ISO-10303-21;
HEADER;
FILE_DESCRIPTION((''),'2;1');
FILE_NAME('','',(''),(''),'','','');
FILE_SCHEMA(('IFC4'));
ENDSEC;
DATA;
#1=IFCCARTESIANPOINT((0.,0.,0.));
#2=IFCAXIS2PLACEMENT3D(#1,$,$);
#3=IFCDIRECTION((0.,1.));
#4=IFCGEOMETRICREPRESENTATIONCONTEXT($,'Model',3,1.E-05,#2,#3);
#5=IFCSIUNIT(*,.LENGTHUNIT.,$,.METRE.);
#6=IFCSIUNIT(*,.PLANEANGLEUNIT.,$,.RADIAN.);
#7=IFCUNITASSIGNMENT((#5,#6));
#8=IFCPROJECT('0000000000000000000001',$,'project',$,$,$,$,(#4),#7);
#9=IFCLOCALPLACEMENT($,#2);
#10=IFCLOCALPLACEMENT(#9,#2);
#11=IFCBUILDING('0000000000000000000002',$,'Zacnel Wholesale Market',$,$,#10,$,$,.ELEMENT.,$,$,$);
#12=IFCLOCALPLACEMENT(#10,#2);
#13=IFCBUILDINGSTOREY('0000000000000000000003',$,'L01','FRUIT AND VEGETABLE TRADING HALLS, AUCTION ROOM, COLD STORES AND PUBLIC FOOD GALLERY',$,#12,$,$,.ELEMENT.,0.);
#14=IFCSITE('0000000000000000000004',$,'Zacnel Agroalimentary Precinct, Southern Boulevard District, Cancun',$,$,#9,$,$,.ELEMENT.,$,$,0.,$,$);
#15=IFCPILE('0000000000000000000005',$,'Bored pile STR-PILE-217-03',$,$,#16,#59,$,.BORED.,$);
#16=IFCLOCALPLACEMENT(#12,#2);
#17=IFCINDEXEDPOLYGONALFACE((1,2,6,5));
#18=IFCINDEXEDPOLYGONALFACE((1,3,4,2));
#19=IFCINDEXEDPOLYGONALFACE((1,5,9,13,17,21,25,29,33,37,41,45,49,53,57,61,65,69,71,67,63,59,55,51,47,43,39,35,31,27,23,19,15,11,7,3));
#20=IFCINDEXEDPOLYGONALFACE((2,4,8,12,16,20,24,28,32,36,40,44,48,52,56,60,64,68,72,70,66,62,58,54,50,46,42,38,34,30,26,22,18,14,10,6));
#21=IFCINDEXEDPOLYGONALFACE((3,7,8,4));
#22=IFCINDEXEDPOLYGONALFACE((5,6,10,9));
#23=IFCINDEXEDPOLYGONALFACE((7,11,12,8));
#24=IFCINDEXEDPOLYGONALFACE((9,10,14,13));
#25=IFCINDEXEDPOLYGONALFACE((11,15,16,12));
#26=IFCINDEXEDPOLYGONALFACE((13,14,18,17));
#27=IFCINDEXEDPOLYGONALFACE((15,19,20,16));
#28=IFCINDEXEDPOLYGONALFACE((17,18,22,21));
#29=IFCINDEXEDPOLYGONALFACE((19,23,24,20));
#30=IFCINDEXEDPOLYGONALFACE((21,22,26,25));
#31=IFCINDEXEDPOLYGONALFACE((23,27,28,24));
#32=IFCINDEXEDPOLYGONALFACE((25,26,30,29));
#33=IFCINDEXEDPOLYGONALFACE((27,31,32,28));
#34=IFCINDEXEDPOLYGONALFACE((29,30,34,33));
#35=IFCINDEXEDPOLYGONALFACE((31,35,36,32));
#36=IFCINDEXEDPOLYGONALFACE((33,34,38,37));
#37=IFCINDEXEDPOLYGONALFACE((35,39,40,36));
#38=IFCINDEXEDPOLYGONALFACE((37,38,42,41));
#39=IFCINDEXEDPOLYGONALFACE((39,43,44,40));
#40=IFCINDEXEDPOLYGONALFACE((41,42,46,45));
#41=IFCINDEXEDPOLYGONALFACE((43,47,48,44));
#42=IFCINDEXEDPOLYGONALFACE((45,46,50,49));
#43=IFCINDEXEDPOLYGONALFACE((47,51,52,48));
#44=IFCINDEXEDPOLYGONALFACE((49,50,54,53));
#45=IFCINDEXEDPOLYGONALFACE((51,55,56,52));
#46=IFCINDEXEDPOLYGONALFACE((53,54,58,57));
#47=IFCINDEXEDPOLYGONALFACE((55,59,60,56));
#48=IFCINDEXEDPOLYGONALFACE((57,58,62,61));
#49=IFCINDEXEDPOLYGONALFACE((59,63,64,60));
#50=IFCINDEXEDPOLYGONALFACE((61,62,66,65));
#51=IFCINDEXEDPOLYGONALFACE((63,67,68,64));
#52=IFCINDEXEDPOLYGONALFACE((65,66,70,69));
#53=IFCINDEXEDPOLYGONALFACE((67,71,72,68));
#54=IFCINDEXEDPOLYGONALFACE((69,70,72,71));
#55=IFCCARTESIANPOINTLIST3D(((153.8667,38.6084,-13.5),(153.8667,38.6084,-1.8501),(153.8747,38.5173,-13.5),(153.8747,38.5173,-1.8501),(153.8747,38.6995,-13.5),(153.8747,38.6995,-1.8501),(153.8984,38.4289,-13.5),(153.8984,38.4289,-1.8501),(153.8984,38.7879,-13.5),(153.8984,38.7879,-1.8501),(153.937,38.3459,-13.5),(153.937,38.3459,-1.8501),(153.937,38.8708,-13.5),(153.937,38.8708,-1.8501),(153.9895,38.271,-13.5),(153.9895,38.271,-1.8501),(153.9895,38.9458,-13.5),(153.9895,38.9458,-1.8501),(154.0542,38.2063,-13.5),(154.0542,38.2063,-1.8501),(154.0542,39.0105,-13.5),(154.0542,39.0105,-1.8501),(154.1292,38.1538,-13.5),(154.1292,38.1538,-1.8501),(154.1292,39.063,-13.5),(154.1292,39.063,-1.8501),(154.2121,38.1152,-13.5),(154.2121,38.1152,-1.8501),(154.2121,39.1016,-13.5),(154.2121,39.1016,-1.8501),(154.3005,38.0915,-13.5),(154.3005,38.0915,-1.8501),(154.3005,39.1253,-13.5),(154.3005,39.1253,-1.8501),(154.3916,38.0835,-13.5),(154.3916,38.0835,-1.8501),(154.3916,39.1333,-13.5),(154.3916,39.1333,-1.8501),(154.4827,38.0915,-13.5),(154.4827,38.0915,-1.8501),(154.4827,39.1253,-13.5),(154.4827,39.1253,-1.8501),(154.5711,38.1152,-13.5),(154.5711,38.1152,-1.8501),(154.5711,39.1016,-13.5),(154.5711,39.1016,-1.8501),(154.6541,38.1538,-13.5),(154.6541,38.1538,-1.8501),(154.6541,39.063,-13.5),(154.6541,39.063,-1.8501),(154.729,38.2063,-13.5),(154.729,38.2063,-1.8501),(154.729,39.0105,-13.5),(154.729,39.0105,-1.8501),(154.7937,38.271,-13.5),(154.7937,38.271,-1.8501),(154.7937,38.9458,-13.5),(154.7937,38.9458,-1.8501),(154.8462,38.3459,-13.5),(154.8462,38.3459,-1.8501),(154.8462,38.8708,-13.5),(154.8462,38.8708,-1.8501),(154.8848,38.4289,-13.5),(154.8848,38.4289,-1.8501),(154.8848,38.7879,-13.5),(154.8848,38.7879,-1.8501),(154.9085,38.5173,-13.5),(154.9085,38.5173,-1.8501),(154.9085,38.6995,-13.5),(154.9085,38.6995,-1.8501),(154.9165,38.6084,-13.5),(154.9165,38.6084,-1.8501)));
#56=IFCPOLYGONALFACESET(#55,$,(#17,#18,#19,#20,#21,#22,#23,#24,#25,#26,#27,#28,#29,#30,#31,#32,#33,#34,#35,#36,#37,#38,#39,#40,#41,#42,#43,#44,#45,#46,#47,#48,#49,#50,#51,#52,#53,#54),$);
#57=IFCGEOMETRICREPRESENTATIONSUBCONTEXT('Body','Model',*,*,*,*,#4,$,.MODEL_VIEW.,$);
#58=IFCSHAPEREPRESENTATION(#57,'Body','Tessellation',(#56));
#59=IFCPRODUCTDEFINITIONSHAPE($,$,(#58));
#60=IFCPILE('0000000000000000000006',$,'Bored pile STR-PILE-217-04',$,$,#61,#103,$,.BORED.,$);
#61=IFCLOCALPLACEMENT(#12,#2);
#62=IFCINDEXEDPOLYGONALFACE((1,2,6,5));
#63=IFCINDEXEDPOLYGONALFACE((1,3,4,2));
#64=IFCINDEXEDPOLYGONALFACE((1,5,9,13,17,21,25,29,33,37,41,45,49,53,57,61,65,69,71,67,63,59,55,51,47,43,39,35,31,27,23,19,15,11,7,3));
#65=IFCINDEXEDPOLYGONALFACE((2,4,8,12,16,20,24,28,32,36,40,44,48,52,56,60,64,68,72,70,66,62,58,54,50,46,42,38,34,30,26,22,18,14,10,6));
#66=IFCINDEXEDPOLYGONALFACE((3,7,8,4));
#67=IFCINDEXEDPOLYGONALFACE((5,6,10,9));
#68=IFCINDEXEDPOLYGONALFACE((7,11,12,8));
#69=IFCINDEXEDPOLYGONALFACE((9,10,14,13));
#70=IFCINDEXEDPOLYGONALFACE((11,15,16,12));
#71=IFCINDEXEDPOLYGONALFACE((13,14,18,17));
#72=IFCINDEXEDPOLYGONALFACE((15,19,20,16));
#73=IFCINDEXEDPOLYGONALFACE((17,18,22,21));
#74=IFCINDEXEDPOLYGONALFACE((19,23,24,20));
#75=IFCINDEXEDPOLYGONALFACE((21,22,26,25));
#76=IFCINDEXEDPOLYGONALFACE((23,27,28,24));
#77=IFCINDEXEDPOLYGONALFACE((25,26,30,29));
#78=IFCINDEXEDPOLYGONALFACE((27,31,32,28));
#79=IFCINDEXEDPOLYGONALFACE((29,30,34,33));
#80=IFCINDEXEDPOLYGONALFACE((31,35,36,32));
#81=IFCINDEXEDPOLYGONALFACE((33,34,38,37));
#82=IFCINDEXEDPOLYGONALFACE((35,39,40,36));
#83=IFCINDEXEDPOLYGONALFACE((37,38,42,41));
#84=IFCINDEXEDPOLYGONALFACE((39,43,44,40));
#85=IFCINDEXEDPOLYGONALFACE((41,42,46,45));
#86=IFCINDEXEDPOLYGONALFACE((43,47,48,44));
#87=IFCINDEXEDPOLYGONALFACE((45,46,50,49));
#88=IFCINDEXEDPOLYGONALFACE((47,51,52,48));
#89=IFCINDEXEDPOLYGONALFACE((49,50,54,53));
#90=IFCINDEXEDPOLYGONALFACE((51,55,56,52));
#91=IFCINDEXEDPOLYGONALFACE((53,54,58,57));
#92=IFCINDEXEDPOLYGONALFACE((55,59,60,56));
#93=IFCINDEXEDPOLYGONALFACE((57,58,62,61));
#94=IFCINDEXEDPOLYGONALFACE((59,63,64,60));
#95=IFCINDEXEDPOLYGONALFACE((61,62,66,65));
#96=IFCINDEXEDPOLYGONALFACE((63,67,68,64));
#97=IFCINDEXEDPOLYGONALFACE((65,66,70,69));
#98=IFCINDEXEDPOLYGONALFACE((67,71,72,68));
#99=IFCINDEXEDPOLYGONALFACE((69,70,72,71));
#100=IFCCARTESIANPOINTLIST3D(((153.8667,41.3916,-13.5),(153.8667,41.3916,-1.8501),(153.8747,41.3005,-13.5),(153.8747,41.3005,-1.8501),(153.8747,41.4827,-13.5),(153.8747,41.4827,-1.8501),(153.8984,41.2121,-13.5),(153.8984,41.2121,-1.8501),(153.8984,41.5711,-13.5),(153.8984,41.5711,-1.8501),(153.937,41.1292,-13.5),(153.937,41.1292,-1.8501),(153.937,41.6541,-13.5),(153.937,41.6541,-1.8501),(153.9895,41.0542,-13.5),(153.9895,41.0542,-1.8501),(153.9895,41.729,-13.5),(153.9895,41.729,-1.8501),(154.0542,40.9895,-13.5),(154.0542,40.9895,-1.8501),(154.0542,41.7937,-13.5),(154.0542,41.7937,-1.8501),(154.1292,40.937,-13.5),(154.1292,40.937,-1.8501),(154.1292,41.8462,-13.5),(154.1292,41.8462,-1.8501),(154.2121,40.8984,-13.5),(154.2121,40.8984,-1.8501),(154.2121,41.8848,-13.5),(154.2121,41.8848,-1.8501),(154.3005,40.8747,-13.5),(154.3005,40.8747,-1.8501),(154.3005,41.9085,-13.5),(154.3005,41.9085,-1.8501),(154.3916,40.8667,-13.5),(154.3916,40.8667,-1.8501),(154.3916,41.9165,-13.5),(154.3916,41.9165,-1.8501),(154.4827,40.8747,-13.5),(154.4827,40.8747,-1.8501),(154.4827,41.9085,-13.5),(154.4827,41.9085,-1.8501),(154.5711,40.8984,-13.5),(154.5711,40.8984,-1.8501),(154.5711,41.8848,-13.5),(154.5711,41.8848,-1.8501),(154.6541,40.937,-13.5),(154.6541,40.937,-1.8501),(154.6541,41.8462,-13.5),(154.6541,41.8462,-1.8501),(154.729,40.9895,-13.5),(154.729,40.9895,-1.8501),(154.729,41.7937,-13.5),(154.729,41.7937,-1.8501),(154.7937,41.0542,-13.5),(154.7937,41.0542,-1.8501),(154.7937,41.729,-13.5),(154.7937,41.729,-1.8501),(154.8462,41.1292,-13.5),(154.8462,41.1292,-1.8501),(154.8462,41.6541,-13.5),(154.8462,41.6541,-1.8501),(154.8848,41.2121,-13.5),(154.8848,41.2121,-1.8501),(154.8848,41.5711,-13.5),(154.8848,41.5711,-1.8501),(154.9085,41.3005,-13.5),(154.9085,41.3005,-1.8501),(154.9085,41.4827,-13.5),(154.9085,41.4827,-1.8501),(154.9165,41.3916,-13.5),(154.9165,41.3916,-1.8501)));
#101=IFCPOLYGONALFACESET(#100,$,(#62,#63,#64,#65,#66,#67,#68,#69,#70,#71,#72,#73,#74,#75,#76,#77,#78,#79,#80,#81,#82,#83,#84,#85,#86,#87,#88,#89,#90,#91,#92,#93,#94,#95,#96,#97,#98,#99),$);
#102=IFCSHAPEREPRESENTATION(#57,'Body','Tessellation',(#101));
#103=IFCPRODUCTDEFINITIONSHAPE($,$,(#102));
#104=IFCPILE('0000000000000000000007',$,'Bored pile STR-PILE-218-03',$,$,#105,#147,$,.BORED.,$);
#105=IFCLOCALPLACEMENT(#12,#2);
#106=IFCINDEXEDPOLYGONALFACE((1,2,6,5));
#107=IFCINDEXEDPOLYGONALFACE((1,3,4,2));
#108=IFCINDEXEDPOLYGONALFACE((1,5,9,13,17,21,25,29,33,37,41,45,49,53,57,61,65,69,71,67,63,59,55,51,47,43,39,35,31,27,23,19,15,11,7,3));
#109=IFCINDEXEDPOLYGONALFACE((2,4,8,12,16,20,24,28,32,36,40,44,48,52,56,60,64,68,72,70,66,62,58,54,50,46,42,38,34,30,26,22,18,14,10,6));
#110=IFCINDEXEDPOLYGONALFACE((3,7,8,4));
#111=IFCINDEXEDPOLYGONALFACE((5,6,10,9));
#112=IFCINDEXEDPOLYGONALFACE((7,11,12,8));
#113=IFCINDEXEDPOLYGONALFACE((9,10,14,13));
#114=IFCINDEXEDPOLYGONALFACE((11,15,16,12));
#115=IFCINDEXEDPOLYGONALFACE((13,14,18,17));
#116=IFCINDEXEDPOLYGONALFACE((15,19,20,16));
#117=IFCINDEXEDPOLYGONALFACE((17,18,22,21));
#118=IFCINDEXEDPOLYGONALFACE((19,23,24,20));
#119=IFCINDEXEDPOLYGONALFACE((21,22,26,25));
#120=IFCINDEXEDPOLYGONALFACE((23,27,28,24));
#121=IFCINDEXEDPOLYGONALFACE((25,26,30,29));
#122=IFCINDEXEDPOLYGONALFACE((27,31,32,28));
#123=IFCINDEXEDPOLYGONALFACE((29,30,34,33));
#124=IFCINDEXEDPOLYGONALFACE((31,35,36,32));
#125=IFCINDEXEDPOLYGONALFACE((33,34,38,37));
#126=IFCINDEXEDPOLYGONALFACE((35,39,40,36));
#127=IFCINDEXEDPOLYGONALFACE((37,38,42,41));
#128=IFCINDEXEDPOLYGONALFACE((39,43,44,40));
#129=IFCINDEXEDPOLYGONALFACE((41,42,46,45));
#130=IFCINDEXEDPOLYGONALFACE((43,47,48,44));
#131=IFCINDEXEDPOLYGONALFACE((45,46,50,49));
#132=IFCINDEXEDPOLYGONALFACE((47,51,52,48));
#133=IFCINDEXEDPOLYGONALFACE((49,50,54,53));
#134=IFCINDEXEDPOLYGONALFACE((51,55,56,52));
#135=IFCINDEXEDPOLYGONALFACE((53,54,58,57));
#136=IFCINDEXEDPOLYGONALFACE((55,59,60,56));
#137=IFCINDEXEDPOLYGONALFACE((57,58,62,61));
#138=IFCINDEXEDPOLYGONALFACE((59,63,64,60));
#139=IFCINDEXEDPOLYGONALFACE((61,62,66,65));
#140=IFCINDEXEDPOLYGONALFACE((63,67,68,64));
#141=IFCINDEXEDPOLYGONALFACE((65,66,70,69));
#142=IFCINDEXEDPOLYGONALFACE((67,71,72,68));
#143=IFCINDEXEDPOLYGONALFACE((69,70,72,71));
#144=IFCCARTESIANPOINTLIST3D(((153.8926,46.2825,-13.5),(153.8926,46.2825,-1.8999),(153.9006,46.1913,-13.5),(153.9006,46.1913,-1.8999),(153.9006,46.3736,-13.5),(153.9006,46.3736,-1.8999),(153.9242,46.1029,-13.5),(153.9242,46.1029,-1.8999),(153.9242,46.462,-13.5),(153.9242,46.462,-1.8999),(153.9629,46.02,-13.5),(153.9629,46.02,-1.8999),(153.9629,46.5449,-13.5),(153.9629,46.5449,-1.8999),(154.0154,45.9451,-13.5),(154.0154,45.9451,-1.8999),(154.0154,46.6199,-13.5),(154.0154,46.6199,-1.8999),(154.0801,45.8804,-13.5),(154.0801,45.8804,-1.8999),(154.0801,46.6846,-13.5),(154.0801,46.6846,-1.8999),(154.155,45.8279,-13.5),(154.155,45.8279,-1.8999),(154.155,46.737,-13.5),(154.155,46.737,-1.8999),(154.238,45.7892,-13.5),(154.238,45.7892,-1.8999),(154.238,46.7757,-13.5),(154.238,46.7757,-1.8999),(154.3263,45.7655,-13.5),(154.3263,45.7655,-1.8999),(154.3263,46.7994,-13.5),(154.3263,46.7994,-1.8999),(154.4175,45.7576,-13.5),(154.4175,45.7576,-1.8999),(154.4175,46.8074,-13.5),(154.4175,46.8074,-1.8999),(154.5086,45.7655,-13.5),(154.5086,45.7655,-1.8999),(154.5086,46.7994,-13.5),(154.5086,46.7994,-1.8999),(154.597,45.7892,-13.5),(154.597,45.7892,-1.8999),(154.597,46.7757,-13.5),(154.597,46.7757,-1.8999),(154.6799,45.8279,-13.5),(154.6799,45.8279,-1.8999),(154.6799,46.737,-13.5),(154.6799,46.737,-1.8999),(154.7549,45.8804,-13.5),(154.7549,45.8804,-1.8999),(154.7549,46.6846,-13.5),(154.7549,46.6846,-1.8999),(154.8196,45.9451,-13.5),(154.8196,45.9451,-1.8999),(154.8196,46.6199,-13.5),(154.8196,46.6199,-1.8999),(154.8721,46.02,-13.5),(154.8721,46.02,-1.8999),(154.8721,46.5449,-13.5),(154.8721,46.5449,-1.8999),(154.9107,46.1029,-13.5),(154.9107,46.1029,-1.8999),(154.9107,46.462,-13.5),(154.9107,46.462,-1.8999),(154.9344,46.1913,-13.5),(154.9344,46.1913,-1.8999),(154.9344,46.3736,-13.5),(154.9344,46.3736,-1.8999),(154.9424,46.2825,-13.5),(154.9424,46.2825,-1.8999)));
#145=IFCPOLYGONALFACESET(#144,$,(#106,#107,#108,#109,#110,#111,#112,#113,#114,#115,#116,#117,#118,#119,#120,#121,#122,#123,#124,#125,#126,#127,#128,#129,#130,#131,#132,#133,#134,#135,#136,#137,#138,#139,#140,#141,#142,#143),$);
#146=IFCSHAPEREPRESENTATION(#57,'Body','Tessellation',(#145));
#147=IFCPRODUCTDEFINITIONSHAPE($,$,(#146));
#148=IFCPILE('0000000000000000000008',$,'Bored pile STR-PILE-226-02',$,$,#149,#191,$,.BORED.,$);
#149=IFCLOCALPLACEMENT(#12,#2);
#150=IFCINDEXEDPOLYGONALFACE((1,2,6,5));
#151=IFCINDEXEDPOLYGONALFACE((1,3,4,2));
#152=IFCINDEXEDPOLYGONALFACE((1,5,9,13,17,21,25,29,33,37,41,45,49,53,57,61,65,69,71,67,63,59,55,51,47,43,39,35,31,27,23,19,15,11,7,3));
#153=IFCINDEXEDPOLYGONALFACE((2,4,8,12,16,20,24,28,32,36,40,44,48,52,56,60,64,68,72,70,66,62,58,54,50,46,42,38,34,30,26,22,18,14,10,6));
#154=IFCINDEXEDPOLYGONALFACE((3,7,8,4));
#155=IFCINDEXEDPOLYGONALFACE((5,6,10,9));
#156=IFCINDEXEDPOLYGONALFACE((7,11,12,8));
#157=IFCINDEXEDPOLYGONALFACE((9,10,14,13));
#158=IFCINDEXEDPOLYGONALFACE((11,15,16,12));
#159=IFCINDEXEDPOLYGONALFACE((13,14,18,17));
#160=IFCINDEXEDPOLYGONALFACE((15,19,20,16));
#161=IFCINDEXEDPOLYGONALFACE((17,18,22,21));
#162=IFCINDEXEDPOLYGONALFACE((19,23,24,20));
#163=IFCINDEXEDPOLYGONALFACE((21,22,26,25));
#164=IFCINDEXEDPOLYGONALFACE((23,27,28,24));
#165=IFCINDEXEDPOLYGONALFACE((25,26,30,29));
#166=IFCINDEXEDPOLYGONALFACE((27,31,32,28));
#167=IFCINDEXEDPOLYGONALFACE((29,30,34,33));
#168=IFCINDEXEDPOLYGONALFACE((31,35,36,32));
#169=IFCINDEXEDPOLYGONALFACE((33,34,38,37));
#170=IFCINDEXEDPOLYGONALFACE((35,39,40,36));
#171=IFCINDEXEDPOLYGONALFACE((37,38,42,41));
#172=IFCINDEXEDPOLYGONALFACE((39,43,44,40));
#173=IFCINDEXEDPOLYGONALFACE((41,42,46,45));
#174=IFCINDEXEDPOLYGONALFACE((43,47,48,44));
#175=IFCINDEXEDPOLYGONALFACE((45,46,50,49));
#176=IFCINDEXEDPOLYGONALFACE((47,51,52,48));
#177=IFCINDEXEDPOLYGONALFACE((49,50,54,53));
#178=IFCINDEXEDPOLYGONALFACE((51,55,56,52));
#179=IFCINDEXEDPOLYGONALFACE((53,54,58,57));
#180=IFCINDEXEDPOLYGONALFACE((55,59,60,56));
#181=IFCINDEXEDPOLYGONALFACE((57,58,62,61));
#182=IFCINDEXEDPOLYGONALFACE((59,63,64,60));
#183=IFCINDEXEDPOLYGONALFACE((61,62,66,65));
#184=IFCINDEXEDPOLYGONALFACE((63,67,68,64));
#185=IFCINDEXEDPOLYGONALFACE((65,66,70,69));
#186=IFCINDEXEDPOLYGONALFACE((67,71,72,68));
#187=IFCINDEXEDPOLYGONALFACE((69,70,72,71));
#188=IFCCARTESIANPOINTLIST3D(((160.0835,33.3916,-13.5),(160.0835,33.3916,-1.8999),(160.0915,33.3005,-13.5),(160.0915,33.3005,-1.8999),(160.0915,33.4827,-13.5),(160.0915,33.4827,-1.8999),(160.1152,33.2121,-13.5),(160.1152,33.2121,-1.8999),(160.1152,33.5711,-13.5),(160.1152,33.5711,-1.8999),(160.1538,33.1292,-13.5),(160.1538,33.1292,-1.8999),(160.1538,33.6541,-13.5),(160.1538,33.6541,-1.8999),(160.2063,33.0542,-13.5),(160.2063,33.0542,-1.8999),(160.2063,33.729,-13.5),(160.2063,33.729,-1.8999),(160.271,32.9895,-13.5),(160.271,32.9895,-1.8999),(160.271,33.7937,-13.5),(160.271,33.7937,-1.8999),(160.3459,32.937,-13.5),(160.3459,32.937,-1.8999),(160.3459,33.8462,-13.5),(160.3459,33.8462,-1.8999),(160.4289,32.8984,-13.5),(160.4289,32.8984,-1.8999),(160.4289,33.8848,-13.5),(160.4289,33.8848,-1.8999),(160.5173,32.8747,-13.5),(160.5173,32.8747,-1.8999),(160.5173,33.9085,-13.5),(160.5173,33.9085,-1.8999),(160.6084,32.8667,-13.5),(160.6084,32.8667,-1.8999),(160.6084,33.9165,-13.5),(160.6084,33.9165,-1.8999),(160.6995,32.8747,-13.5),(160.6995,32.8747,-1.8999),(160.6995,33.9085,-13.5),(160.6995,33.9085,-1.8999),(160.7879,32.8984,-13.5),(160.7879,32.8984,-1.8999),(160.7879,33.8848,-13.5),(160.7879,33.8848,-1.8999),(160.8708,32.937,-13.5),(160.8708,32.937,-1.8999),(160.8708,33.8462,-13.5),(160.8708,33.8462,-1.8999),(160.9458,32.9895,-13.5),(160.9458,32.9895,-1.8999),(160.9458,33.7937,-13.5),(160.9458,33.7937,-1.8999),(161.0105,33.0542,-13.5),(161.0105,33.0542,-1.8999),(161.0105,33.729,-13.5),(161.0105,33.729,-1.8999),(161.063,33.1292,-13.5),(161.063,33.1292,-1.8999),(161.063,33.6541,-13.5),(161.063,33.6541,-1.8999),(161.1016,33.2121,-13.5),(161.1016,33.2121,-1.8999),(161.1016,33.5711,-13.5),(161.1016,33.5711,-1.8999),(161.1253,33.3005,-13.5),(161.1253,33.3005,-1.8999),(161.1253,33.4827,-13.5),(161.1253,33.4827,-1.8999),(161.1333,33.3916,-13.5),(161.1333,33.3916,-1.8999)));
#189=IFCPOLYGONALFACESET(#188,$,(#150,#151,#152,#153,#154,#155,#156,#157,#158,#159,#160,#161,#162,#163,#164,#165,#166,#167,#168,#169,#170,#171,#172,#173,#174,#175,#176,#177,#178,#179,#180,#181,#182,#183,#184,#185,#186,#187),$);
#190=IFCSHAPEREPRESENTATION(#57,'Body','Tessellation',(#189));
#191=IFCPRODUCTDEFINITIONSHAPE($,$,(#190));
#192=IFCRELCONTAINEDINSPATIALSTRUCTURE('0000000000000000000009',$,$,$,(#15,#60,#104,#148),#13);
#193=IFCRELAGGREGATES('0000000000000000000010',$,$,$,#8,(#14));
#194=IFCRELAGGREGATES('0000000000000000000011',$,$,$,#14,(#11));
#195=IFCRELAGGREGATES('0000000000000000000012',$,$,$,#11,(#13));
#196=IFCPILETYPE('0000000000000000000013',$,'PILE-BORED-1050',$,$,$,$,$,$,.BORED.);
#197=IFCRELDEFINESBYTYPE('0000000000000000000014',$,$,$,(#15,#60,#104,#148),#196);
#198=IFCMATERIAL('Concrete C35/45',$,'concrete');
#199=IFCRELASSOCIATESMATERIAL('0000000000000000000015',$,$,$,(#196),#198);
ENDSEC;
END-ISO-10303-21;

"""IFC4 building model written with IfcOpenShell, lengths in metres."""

from ifc_helpers import new_model, si_unit, direction, frame, origin, origin_2d, place, context, subcontext, project, spatial, circle, extrude, material, material_profile, profile_set, type_object, element, save


model = new_model("IFC4")

# Units and contexts
model_context = context("Model", 3, precision=1e-05, world=origin(), true_north=direction((0.0, 1.0)))
body_context = subcontext(model_context, "Body", "Model", "MODEL_VIEW")
ifc_project = project(units=[si_unit("LENGTHUNIT", "METRE"), si_unit("PLANEANGLEUNIT", "RADIAN")], contexts=[model_context])

# Site, building, storey
site_placement = place(None, origin())
site = spatial("IfcSite", under=ifc_project, at=site_placement, Name="Zacnel Agroalimentary Precinct, Southern Boulevard District, Cancun", CompositionType="ELEMENT", RefElevation=0.0)
building_placement = place(site_placement, origin())
building = spatial("IfcBuilding", under=site, at=building_placement, Name="Zacnel Wholesale Market", CompositionType="ELEMENT")
storey_placement = place(building_placement, origin())
storey = spatial("IfcBuildingStorey", under=building, at=storey_placement, Name="L01", Description="FRUIT AND VEGETABLE TRADING HALLS, AUCTION ROOM, COLD STORES AND PUBLIC FOOD GALLERY", CompositionType="ELEMENT", Elevation=0.0)

# Piles
ifc_material_1 = material(Name="Concrete C35/45", Category="concrete")
ifc_material_profile_1 = material_profile(ifc_material_1, circle(Radius=0.5249, at=origin_2d()), Name="BORED PILE D1050")
ifc_profile_set_1 = profile_set([ifc_material_profile_1], Name="Concrete C35/45")
pile_type = type_object("IfcPileType", Name="PILE-BORED-1050", PredefinedType="BORED", material=ifc_profile_set_1)
for number, where, z_axis, x_axis, name in (
    (1, (154.3916, 38.6084, -1.8501), (0.0, 0.0, -1.0), (1.0, 0.0, 0.0), "Bored pile STR-PILE-217-03"),
    (2, (154.3916, 41.3916, -1.8501), (0.0, 0.0, -1.0), (1.0, 0.0, 0.0), "Bored pile STR-PILE-217-04"),
):
    element("IfcPile", number, at=place(storey_placement, frame(where, z_axis=z_axis, x_axis=x_axis)), inside=storey, type_object=pile_type, Name=name, PredefinedType="BORED", context=body_context, shape_type="SweptSolid", body=[
        extrude(circle(Radius=0.5249, at=origin_2d()), origin(), (0.0, 0.0, 1.0), 11.6499),
    ])
for number, where, z_axis, x_axis, name in (
    (3, (154.4175, 46.2825, -1.8999), (0.0, 0.0, -1.0), (1.0, 0.0, 0.0), "Bored pile STR-PILE-218-03"),
    (4, (160.6084, 33.3916, -1.8999), (0.0, 0.0, -1.0), (1.0, 0.0, 0.0), "Bored pile STR-PILE-226-02"),
):
    element("IfcPile", number, at=place(storey_placement, frame(where, z_axis=z_axis, x_axis=x_axis)), inside=storey, type_object=pile_type, Name=name, PredefinedType="BORED", context=body_context, shape_type="SweptSolid", body=[
        extrude(circle(Radius=0.5249, at=origin_2d()), origin(), (0.0, 0.0, 1.0), 11.6001),
    ])

save(model, "model.ifc")
